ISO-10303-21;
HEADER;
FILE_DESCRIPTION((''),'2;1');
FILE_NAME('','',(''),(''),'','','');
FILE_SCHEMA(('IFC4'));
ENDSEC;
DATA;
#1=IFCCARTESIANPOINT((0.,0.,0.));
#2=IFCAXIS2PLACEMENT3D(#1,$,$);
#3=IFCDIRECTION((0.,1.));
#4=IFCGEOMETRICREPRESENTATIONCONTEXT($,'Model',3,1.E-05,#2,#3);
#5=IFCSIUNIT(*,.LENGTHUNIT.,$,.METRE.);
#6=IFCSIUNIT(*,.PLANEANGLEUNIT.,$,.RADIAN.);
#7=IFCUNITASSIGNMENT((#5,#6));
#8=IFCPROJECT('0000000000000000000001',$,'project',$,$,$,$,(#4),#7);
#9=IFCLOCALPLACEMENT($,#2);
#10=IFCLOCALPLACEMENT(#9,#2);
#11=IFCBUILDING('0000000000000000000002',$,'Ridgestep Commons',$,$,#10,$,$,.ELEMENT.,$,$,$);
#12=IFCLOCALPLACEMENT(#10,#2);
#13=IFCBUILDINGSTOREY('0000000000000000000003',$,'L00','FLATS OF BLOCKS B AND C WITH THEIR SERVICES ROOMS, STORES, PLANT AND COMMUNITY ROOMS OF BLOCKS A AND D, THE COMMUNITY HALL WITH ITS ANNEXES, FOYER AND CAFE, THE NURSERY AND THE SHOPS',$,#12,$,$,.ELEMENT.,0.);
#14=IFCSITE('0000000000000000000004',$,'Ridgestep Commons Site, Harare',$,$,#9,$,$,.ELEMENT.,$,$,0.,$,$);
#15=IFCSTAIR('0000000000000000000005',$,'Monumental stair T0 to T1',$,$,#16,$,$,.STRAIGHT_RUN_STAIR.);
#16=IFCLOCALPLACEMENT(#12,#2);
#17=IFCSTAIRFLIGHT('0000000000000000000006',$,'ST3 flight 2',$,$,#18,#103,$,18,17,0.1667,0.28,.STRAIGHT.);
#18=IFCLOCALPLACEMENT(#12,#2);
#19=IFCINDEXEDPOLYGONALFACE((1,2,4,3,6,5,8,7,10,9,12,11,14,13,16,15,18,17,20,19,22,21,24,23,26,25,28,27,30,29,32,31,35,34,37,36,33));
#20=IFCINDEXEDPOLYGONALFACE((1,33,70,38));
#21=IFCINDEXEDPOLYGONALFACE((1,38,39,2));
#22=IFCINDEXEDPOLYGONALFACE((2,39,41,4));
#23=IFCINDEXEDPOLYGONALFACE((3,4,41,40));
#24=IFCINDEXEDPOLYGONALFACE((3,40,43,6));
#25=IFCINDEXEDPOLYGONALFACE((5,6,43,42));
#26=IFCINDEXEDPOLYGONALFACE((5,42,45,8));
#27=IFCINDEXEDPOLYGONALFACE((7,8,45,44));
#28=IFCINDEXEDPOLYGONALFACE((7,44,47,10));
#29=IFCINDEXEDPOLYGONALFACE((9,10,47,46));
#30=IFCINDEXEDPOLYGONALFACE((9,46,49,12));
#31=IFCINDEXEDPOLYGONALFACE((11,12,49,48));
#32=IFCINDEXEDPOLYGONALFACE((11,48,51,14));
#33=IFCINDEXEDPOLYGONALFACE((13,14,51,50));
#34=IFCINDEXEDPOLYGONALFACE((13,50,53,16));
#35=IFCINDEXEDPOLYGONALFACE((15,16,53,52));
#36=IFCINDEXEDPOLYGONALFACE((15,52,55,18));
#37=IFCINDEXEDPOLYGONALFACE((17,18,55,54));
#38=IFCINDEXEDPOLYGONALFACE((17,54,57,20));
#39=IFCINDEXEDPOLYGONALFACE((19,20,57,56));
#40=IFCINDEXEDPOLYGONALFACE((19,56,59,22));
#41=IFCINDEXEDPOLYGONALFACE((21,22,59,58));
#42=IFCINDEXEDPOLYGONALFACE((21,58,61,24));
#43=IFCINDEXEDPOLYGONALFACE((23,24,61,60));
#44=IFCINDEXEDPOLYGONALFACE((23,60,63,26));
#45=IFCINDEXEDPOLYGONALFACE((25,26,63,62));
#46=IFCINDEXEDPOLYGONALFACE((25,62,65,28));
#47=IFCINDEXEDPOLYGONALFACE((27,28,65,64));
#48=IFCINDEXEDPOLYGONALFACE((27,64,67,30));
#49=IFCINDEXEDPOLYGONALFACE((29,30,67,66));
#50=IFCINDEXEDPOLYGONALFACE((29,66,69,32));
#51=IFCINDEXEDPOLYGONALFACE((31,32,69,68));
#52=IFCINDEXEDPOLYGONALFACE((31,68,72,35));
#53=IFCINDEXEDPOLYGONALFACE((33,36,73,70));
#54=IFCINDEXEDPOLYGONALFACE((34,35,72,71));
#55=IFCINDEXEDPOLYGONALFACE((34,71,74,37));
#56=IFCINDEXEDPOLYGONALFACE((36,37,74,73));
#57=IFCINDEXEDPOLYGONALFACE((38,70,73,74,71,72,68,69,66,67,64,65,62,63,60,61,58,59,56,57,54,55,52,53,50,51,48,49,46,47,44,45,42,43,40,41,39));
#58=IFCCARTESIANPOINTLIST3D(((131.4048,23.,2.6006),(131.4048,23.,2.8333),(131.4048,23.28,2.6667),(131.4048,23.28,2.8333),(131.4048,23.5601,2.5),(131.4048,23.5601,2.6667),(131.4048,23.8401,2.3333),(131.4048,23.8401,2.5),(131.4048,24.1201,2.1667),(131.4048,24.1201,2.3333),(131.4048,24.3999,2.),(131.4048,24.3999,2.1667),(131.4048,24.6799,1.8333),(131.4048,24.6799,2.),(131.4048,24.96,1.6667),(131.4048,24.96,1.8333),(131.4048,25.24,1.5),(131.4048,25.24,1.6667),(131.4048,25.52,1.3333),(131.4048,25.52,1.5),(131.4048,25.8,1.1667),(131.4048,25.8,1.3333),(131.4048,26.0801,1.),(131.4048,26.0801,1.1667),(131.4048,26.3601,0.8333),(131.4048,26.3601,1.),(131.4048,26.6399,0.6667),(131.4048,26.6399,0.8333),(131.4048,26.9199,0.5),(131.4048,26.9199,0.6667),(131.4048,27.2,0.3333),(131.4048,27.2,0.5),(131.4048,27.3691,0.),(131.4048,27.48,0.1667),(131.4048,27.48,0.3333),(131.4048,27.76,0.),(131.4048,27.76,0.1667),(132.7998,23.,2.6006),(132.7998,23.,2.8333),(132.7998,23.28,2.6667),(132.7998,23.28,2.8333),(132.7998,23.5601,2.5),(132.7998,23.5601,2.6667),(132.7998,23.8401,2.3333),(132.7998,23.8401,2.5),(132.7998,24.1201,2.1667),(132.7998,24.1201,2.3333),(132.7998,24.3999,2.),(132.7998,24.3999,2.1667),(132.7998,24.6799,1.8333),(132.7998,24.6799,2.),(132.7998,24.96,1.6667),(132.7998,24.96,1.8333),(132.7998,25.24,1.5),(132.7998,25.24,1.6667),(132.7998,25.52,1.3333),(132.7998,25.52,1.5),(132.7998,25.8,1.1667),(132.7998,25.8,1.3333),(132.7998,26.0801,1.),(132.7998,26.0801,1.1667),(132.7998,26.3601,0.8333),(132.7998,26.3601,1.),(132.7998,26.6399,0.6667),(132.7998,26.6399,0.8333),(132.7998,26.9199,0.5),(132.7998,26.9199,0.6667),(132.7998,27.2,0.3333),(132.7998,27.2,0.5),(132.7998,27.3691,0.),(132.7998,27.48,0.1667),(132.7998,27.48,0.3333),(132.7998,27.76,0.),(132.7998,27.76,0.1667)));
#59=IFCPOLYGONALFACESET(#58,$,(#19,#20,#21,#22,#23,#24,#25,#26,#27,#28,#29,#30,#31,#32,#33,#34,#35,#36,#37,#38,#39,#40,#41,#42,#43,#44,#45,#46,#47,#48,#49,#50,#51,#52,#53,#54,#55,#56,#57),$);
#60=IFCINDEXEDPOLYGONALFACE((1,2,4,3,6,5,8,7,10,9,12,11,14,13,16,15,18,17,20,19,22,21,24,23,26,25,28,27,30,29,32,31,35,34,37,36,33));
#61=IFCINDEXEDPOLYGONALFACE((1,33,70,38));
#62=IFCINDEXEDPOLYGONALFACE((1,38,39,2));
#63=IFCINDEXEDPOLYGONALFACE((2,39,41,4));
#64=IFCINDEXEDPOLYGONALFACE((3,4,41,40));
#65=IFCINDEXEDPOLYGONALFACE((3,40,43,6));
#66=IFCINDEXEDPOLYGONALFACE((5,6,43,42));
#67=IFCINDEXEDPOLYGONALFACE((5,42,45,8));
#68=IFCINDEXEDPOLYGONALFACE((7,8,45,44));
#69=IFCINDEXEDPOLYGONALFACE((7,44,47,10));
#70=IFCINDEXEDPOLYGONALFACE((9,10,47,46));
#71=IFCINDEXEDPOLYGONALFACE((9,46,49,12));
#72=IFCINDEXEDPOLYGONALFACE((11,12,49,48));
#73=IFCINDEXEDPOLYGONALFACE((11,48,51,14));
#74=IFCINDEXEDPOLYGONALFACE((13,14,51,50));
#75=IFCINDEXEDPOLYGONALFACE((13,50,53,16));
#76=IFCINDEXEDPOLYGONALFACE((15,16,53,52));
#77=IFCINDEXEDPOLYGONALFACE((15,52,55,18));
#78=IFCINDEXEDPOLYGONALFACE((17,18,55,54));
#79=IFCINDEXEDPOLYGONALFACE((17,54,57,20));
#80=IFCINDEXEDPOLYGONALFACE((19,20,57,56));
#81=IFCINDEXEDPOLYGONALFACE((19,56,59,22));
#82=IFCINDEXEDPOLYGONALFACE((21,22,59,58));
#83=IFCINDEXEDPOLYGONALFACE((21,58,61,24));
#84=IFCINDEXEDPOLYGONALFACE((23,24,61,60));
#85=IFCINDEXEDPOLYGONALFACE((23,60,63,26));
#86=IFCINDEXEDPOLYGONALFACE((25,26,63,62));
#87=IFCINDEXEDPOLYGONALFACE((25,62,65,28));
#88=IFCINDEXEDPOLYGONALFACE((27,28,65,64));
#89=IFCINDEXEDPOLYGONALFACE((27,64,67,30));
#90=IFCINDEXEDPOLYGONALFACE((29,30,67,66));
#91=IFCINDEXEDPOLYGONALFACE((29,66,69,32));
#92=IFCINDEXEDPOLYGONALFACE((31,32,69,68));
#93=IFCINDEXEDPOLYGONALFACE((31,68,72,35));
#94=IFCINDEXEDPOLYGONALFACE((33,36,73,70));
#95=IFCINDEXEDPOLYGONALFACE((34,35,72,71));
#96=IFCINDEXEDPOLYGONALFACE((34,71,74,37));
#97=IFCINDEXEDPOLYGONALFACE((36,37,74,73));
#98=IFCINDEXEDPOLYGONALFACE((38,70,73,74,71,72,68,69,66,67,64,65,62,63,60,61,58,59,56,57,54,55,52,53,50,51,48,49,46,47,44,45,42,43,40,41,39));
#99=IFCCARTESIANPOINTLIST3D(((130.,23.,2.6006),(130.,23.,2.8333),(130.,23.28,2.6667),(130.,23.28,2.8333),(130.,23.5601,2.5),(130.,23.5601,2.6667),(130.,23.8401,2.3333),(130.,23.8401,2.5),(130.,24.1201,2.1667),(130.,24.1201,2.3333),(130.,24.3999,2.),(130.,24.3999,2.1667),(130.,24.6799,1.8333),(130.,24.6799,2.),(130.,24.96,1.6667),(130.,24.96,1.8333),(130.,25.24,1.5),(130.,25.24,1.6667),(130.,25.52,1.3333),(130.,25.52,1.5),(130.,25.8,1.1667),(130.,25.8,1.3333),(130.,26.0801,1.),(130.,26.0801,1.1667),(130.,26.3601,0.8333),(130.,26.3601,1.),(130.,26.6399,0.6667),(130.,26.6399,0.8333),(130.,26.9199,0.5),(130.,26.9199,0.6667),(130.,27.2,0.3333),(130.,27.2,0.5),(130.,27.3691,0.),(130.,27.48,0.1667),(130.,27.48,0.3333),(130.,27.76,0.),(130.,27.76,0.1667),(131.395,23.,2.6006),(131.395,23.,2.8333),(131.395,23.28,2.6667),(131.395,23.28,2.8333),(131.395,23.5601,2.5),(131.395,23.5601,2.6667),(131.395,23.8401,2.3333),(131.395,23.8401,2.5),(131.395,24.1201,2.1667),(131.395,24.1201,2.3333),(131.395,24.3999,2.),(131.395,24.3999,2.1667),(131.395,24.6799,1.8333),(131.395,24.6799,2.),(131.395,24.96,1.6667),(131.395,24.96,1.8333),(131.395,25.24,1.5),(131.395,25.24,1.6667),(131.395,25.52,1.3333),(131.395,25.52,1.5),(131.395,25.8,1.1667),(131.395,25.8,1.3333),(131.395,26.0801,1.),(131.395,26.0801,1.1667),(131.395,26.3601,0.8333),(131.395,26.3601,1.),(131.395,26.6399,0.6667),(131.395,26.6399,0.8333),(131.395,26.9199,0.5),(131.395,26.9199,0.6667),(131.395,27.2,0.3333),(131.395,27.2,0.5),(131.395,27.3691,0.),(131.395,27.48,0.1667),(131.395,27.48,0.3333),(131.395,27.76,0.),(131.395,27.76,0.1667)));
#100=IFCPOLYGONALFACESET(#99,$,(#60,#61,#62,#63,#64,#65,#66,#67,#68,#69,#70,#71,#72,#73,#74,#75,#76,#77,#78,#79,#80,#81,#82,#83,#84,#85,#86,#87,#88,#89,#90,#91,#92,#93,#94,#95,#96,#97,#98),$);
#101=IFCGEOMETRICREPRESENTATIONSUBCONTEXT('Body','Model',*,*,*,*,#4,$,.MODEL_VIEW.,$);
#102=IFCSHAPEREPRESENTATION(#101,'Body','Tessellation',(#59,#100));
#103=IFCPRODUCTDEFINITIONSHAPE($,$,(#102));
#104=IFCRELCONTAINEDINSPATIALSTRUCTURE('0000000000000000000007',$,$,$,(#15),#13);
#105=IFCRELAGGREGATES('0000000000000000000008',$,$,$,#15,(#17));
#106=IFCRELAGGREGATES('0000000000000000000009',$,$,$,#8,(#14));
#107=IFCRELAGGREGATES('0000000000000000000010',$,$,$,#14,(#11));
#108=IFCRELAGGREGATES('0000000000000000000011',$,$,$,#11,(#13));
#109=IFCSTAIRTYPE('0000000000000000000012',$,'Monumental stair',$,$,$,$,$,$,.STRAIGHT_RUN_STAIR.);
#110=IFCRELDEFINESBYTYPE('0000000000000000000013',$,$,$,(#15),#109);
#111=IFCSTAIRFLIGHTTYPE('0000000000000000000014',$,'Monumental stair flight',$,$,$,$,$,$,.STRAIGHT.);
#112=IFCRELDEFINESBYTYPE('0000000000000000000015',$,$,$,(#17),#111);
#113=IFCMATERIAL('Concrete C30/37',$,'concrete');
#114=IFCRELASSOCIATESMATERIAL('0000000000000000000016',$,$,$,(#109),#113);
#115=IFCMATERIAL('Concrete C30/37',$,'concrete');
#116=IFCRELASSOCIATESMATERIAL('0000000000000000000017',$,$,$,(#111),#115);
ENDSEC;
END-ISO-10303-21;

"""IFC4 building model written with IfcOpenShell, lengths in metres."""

from ifc_helpers import new_model, si_unit, direction, frame, origin, place, context, subcontext, project, spatial, polyline, outline, extrude, material, type_object, element, aggregate, save


model = new_model("IFC4")

# Units and contexts
model_context = context("Model", 3, precision=1e-05, world=origin(), true_north=direction((0.0, 1.0)))
body_context = subcontext(model_context, "Body", "Model", "MODEL_VIEW")
ifc_project = project(units=[si_unit("LENGTHUNIT", "METRE"), si_unit("PLANEANGLEUNIT", "RADIAN")], contexts=[model_context])

# Site, building, storey
site_placement = place(None, origin())
site = spatial("IfcSite", under=ifc_project, at=site_placement, Name="Ridgestep Commons Site, Harare", CompositionType="ELEMENT", RefElevation=0.0)
building_placement = place(site_placement, origin())
building = spatial("IfcBuilding", under=site, at=building_placement, Name="Ridgestep Commons", CompositionType="ELEMENT")
storey_placement = place(building_placement, origin())
storey = spatial("IfcBuildingStorey", under=building, at=storey_placement, Name="L00", Description="FLATS OF BLOCKS B AND C WITH THEIR SERVICES ROOMS, STORES, PLANT AND COMMUNITY ROOMS OF BLOCKS A AND D, THE COMMUNITY HALL WITH ITS ANNEXES, FOYER AND CAFE, THE NURSERY AND THE SHOPS", CompositionType="ELEMENT", Elevation=0.0)

# Stair, stair flight
ifc_material_1 = material(Name="Concrete C30/37", Category="concrete")
stair_type = type_object("IfcStairType", Name="Monumental stair", PredefinedType="STRAIGHT_RUN_STAIR", material=ifc_material_1)
stair_placement = place(storey_placement, origin())
stair = element("IfcStair", 1, at=stair_placement, inside=storey, type_object=stair_type, Name="Monumental stair T0 to T1", PredefinedType="STRAIGHT_RUN_STAIR")
ifc_material_2 = material(Name="Concrete C30/37", Category="concrete")
stair_flight_type = type_object("IfcStairFlightType", Name="Monumental stair flight", PredefinedType="STRAIGHT", material=ifc_material_2)
stair_flight_1_placement = place(storey_placement, frame((131.3999, 27.76, 0.0), z_axis=(0.0, 0.0, 1.0), x_axis=(0.0, -1.0, 0.0)))
stair_flight_1 = element("IfcStairFlight", 2, at=stair_flight_1_placement, type_object=stair_flight_type, Name="ST3 flight 2", NumberOfRisers=18, NumberOfTreads=17, PredefinedType="STRAIGHT", RiserHeight=0.1667, TreadLength=0.28, context=body_context, shape_type="SweptSolid", body=[
    extrude(outline(polyline([(0.0, 0.0), (0.0, 0.1667), (0.28, 0.1667), (0.28, 0.3333), (0.5601, 0.3333), (0.5601, 0.5), (0.8401, 0.5), (0.8401, 0.6667), (1.1201, 0.6667), (1.1201, 0.8333), (1.3999, 0.8333), (1.3999, 1.0), (1.6799, 1.0), (1.6799, 1.1667), (1.96, 1.1667), (1.96, 1.3333), (2.24, 1.3333), (2.24, 1.5), (2.52, 1.5), (2.52, 1.6667), (2.8, 1.6667), (2.8, 1.8333), (3.0801, 1.8333), (3.0801, 2.0), (3.3601, 2.0), (3.3601, 2.1667), (3.6399, 2.1667), (3.6399, 2.3333), (3.9199, 2.3333), (3.9199, 2.5), (4.2, 2.5), (4.2, 2.6667), (4.48, 2.6667), (4.48, 2.8333), (4.76, 2.8333), (4.76, 3.0), (4.76, 2.6006), (0.3909, 0.0), (0.0, 0.0)])), frame((0.0, 1.3999, 0.0), z_axis=(0.0, -1.0, 0.0), x_axis=(1.0, 0.0, 0.0)), (0.0, 0.0, 1.0), 1.395),
    extrude(outline(polyline([(0.0, 0.0), (0.0, 0.1667), (0.28, 0.1667), (0.28, 0.3333), (0.5601, 0.3333), (0.5601, 0.5), (0.8401, 0.5), (0.8401, 0.6667), (1.1201, 0.6667), (1.1201, 0.8333), (1.3999, 0.8333), (1.3999, 1.0), (1.6799, 1.0), (1.6799, 1.1667), (1.96, 1.1667), (1.96, 1.3333), (2.24, 1.3333), (2.24, 1.5), (2.52, 1.5), (2.52, 1.6667), (2.8, 1.6667), (2.8, 1.8333), (3.0801, 1.8333), (3.0801, 2.0), (3.3601, 2.0), (3.3601, 2.1667), (3.6399, 2.1667), (3.6399, 2.3333), (3.9199, 2.3333), (3.9199, 2.5), (4.2, 2.5), (4.2, 2.6667), (4.48, 2.6667), (4.48, 2.8333), (4.76, 2.8333), (4.76, 3.0), (4.76, 2.6006), (0.3909, 0.0), (0.0, 0.0)])), frame((0.0, -0.0049, 0.0), z_axis=(0.0, -1.0, 0.0), x_axis=(1.0, 0.0, 0.0)), (0.0, 0.0, 1.0), 1.395),
])
aggregate(stair, [stair_flight_1])

save(model, "model.ifc")
